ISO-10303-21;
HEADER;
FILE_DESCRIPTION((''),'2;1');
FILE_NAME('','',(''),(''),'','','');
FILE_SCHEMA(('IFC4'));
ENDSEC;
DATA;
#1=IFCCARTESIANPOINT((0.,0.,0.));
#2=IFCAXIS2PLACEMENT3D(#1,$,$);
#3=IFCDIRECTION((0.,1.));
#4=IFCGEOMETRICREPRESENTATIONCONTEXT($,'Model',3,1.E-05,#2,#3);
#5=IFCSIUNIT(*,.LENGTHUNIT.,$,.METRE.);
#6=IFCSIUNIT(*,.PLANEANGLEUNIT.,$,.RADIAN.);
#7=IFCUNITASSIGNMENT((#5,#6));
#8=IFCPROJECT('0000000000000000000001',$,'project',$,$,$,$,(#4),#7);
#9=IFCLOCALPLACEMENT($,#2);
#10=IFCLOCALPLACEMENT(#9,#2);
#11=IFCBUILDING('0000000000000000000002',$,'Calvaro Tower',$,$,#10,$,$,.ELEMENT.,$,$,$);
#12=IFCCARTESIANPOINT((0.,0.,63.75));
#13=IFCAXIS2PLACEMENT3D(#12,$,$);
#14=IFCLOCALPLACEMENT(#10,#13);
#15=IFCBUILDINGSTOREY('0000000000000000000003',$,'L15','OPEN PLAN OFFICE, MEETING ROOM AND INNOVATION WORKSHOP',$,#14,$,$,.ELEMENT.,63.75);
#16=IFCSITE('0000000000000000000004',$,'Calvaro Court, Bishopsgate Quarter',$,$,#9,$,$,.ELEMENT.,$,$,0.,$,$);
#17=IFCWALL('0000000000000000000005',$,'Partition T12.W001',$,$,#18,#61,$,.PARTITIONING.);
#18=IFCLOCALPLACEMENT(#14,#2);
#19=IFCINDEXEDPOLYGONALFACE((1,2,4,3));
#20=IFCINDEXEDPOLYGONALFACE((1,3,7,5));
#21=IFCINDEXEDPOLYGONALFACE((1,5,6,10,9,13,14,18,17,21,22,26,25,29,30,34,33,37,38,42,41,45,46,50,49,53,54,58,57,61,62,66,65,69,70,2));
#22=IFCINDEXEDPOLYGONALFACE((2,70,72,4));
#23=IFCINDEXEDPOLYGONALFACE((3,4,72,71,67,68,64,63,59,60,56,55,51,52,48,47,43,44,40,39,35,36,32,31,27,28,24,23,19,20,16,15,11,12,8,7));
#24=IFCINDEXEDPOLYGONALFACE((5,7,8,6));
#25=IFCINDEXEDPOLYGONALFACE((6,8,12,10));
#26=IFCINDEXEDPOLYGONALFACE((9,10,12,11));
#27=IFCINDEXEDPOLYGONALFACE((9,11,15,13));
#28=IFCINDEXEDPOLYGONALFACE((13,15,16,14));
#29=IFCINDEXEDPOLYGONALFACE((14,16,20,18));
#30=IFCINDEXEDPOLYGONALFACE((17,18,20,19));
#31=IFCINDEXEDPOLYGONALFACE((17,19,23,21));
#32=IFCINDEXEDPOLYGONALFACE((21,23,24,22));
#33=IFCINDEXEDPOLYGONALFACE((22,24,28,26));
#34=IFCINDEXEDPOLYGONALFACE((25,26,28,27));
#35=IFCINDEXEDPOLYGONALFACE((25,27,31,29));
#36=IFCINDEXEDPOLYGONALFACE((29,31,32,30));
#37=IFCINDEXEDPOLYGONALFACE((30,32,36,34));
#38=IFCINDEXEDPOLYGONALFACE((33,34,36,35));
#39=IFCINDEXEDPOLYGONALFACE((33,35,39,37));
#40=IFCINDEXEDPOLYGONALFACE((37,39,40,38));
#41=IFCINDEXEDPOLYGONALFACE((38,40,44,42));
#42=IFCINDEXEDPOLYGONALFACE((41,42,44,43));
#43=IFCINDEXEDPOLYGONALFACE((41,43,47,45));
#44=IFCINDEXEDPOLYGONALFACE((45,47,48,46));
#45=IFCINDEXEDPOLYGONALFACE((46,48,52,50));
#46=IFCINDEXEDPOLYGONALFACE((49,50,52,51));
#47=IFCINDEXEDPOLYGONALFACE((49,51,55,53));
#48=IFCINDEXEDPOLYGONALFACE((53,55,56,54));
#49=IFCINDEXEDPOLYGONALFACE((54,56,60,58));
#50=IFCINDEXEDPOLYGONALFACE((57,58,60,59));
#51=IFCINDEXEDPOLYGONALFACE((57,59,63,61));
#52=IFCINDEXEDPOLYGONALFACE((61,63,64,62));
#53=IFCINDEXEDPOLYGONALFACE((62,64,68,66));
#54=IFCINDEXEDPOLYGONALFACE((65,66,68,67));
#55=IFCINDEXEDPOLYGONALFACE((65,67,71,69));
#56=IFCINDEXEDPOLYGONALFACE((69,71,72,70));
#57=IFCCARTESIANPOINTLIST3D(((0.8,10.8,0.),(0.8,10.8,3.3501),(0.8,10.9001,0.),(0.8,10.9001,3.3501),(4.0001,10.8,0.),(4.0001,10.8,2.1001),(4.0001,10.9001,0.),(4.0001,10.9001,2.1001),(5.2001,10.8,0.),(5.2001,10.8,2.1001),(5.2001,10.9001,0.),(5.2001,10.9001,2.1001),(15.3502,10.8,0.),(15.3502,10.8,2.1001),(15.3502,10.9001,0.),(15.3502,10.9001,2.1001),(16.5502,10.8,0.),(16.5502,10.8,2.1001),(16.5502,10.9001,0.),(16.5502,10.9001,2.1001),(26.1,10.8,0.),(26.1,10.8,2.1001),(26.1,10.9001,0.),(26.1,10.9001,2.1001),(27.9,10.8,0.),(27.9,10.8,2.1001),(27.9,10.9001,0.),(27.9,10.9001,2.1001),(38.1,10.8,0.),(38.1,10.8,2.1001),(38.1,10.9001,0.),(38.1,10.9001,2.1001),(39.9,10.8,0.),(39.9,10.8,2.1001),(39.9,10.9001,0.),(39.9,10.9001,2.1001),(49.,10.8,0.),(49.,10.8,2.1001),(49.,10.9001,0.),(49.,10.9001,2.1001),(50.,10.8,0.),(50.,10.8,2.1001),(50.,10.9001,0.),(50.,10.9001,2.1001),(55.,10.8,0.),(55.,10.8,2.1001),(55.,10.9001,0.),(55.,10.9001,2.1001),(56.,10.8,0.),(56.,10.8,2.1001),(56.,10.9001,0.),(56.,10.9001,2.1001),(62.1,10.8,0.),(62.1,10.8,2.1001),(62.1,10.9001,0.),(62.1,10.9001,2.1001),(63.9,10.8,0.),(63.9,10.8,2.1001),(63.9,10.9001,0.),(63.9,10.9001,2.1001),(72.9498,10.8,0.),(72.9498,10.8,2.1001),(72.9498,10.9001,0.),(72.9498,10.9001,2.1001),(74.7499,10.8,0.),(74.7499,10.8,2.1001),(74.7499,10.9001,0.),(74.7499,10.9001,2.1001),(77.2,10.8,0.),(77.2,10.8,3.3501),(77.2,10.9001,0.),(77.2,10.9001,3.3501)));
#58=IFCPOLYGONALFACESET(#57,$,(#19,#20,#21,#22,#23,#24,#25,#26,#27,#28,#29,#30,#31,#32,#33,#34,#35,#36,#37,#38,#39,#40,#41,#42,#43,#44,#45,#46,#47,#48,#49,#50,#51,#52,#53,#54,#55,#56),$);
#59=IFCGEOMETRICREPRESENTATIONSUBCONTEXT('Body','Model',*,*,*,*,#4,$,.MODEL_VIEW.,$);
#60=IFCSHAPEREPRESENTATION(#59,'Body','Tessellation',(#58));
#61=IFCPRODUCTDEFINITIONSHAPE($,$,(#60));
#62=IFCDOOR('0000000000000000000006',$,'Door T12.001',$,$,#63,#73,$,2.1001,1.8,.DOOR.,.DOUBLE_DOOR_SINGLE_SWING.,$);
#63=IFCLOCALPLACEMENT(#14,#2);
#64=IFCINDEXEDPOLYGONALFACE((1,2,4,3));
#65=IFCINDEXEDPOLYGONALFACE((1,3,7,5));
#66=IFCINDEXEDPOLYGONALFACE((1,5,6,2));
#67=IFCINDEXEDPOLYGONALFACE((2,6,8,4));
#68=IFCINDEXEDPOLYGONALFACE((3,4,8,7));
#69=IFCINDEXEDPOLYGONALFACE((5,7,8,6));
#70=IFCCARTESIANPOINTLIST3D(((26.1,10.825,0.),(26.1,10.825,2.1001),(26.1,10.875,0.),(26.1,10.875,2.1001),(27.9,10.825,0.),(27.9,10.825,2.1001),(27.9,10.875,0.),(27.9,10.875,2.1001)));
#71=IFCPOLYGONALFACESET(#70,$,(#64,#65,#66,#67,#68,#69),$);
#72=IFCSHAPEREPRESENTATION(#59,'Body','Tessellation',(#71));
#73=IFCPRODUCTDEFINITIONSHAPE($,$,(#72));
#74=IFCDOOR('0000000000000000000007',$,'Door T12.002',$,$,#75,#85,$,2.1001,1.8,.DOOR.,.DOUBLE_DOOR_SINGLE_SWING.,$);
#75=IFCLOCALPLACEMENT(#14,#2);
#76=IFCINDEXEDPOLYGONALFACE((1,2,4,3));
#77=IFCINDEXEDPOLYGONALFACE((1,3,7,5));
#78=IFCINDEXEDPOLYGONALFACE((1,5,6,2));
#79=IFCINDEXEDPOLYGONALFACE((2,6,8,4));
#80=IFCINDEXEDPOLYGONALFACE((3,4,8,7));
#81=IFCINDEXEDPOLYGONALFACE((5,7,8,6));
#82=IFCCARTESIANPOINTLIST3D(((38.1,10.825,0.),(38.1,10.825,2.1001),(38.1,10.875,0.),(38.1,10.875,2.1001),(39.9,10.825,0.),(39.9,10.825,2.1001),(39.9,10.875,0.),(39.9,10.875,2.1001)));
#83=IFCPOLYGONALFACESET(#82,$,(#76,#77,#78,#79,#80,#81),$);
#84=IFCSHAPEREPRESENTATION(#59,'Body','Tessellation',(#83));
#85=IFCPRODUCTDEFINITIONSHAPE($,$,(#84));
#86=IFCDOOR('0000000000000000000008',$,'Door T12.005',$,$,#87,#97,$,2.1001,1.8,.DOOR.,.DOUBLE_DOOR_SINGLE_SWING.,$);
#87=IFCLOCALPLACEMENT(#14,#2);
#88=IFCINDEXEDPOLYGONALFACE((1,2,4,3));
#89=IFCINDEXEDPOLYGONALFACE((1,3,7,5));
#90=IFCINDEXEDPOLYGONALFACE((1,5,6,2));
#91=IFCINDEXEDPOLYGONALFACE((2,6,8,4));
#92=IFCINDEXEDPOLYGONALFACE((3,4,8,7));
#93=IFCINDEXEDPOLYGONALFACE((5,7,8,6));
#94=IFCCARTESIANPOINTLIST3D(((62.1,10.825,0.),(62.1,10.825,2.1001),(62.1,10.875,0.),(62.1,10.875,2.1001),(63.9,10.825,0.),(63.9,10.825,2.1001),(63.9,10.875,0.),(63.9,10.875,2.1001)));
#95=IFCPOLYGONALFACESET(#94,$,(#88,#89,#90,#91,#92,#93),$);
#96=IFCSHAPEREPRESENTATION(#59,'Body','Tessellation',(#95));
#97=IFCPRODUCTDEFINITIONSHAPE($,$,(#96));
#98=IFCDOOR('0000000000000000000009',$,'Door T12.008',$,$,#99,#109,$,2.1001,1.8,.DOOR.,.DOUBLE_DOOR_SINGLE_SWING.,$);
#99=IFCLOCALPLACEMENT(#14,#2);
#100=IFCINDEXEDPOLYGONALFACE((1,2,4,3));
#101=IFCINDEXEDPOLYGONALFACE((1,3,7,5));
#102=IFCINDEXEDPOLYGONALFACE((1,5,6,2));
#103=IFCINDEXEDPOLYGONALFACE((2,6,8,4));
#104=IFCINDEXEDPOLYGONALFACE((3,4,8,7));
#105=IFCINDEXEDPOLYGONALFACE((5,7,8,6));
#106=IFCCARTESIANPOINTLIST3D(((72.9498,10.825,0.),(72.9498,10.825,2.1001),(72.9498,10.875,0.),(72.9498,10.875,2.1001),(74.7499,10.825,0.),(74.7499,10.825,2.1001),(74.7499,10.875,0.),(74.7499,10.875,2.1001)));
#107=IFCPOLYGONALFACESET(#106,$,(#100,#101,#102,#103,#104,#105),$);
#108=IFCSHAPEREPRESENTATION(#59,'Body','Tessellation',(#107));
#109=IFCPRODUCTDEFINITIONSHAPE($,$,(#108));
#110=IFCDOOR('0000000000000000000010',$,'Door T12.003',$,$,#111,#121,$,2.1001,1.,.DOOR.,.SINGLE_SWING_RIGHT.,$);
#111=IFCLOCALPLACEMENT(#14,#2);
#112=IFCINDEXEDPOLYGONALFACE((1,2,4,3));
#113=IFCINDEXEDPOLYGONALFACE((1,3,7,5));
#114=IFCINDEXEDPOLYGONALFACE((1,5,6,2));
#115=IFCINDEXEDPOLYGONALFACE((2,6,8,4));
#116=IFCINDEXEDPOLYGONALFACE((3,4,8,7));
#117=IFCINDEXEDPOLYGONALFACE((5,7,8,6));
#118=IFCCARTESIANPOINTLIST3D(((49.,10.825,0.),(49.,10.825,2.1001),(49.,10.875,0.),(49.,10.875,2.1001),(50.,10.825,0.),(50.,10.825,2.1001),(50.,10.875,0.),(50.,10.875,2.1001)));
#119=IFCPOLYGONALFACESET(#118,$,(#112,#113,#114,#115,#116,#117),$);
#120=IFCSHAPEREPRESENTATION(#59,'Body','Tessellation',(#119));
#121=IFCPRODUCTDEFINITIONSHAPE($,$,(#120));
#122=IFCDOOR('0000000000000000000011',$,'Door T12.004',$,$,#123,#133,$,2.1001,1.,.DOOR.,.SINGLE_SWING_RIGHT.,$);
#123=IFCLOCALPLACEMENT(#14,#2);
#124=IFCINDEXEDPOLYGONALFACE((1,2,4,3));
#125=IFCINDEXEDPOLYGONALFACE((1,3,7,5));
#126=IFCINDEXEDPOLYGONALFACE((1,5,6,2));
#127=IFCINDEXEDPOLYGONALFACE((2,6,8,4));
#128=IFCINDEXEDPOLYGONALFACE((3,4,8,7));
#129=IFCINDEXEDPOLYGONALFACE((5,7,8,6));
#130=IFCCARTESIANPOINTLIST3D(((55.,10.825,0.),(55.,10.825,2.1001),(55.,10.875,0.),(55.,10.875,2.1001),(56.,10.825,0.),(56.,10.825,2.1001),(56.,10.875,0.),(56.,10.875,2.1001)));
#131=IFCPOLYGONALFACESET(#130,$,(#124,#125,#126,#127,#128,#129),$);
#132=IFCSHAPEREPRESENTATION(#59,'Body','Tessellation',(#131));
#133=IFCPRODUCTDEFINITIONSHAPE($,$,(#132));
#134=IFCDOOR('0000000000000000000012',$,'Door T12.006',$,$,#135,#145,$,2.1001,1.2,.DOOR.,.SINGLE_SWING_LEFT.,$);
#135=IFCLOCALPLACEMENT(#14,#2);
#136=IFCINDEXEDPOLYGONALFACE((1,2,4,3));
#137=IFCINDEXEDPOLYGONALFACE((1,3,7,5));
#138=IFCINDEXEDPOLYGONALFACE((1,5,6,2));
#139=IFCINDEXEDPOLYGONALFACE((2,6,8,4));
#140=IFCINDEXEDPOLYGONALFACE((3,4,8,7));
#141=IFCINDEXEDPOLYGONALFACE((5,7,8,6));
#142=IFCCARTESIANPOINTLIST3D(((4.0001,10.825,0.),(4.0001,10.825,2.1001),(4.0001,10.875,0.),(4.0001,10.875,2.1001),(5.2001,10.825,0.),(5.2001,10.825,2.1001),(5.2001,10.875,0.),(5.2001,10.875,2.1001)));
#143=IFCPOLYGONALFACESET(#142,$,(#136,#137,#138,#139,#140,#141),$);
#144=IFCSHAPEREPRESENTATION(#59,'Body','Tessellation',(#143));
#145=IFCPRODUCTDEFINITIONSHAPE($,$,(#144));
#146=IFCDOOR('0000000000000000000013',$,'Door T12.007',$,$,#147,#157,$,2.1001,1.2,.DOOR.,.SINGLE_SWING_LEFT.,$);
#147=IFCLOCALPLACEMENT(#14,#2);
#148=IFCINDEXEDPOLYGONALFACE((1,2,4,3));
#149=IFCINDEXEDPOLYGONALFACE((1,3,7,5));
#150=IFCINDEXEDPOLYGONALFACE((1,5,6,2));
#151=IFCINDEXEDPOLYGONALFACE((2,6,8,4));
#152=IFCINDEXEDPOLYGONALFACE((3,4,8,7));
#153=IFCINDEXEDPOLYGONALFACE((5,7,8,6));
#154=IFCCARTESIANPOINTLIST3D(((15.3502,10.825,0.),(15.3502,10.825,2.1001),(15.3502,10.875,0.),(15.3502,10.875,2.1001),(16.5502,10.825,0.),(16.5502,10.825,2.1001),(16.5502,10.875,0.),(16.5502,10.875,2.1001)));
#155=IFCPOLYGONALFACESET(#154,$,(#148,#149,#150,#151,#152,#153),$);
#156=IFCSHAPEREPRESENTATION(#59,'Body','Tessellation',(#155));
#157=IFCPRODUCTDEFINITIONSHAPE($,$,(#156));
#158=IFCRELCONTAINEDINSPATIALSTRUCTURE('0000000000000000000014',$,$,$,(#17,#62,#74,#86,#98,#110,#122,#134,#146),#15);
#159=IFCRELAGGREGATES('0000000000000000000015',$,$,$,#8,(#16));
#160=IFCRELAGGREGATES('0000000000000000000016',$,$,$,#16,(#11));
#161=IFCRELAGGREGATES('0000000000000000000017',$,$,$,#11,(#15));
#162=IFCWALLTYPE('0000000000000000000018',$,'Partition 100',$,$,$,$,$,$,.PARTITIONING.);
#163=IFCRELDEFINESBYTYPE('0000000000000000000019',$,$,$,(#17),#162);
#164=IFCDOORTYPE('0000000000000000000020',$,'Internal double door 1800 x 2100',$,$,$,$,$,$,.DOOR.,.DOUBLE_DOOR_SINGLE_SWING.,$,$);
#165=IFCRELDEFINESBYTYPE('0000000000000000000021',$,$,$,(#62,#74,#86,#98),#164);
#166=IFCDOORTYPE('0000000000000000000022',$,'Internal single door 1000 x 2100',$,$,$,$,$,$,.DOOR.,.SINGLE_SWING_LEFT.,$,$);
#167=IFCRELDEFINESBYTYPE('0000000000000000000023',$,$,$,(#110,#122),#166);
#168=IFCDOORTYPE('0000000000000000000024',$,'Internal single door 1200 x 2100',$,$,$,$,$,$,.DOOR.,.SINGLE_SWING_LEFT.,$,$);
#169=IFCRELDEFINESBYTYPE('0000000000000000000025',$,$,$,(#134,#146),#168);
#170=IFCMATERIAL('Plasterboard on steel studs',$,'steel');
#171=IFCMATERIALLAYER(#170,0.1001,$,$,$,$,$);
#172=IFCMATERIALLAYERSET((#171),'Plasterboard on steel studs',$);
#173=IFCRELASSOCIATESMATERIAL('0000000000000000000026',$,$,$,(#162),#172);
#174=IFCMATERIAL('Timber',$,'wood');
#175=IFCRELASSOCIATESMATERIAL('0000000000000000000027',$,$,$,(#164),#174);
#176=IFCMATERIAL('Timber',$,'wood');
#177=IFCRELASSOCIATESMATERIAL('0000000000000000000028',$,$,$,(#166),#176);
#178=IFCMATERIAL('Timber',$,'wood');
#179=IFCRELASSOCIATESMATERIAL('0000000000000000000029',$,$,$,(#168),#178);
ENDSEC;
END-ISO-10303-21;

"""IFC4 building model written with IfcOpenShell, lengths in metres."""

from ifc_helpers import new_model, si_unit, direction, frame, frame_2d, origin, place, context, subcontext, project, spatial, rectangle, extrude, material, layer, layer_set, type_object, element, fill, save


model = new_model("IFC4")

# Units and contexts
model_context = context("Model", 3, precision=1e-05, world=origin(), true_north=direction((0.0, 1.0)))
body_context = subcontext(model_context, "Body", "Model", "MODEL_VIEW")
ifc_project = project(units=[si_unit("LENGTHUNIT", "METRE"), si_unit("PLANEANGLEUNIT", "RADIAN")], contexts=[model_context])

# Site, building, storey
site_placement = place(None, origin())
site = spatial("IfcSite", under=ifc_project, at=site_placement, Name="Calvaro Court, Bishopsgate Quarter", CompositionType="ELEMENT", RefElevation=0.0)
building_placement = place(site_placement, origin())
building = spatial("IfcBuilding", under=site, at=building_placement, Name="Calvaro Tower", CompositionType="ELEMENT")
storey_placement = place(building_placement, frame((0.0, 0.0, 63.75)))
storey = spatial("IfcBuildingStorey", under=building, at=storey_placement, Name="L15", Description="OPEN PLAN OFFICE, MEETING ROOM AND INNOVATION WORKSHOP", CompositionType="ELEMENT", Elevation=63.75)

# Wall, openings, doors
ifc_material_1 = material(Name="Plasterboard on steel studs", Category="steel")
ifc_layer = layer(ifc_material_1, 0.1001)
ifc_layer_set = layer_set([ifc_layer], Name="Plasterboard on steel studs")
wall_type = type_object("IfcWallType", Name="Partition 100", PredefinedType="PARTITIONING", material=ifc_layer_set)
wall_1_placement = place(storey_placement, frame((0.8, 10.8501, 0.0), z_axis=(0.0, 0.0, 1.0), x_axis=(1.0, 0.0, 0.0)))
wall_1 = element("IfcWall", 1, at=wall_1_placement, inside=storey, type_object=wall_type, Name="Partition T12.W001", PredefinedType="PARTITIONING", context=body_context, shape_type="SweptSolid", body=[
    extrude(rectangle(XDim=76.3999, YDim=0.1001, at=frame_2d((38.2, 0.0))), origin(), (0.0, 0.0, 1.0), 3.3501),
])
opening_1_placement = place(wall_1_placement, frame((25.3, 0.0, 0.0)))
opening_1 = element("IfcOpeningElement", 2, at=opening_1_placement, cuts=wall_1, PredefinedType="OPENING", context=body_context, shape_type="SweptSolid", body=[
    extrude(rectangle(XDim=1.8, YDim=2.1001, at=frame_2d((0.8999, 1.05))), frame((0.0, 0.0601, 0.0), z_axis=(0.0, -1.0, 0.0), x_axis=(1.0, 0.0, 0.0)), (0.0, 0.0, 1.0), 0.1201),
])
opening_2_placement = place(wall_1_placement, frame((37.3, 0.0, 0.0)))
opening_2 = element("IfcOpeningElement", 3, at=opening_2_placement, cuts=wall_1, PredefinedType="OPENING", context=body_context, shape_type="SweptSolid", body=[
    extrude(rectangle(XDim=1.8, YDim=2.1001, at=frame_2d((0.8999, 1.05))), frame((0.0, 0.0601, 0.0), z_axis=(0.0, -1.0, 0.0), x_axis=(1.0, 0.0, 0.0)), (0.0, 0.0, 1.0), 0.1201),
])
opening_3_placement = place(wall_1_placement, frame((48.2, 0.0, 0.0)))
opening_3 = element("IfcOpeningElement", 4, at=opening_3_placement, cuts=wall_1, PredefinedType="OPENING", context=body_context, shape_type="SweptSolid", body=[
    extrude(rectangle(XDim=1.0, YDim=2.1001, at=frame_2d((0.5, 1.05))), frame((0.0, 0.0601, 0.0), z_axis=(0.0, -1.0, 0.0), x_axis=(1.0, 0.0, 0.0)), (0.0, 0.0, 1.0), 0.1201),
])
opening_4_placement = place(wall_1_placement, frame((54.2, 0.0, 0.0)))
opening_4 = element("IfcOpeningElement", 5, at=opening_4_placement, cuts=wall_1, PredefinedType="OPENING", context=body_context, shape_type="SweptSolid", body=[
    extrude(rectangle(XDim=1.0, YDim=2.1001, at=frame_2d((0.5, 1.05))), frame((0.0, 0.0601, 0.0), z_axis=(0.0, -1.0, 0.0), x_axis=(1.0, 0.0, 0.0)), (0.0, 0.0, 1.0), 0.1201),
])
opening_5_placement = place(wall_1_placement, frame((61.3, 0.0, 0.0)))
opening_5 = element("IfcOpeningElement", 6, at=opening_5_placement, cuts=wall_1, PredefinedType="OPENING", context=body_context, shape_type="SweptSolid", body=[
    extrude(rectangle(XDim=1.8, YDim=2.1001, at=frame_2d((0.8999, 1.05))), frame((0.0, 0.0601, 0.0), z_axis=(0.0, -1.0, 0.0), x_axis=(1.0, 0.0, 0.0)), (0.0, 0.0, 1.0), 0.1201),
])
opening_6_placement = place(wall_1_placement, frame((3.2, 0.0, 0.0)))
opening_6 = element("IfcOpeningElement", 7, at=opening_6_placement, cuts=wall_1, PredefinedType="OPENING", context=body_context, shape_type="SweptSolid", body=[
    extrude(rectangle(XDim=1.2, YDim=2.1001, at=frame_2d((0.6001, 1.05))), frame((0.0, 0.0601, 0.0), z_axis=(0.0, -1.0, 0.0), x_axis=(1.0, 0.0, 0.0)), (0.0, 0.0, 1.0), 0.1201),
])
opening_7_placement = place(wall_1_placement, frame((14.55, 0.0, 0.0)))
opening_7 = element("IfcOpeningElement", 8, at=opening_7_placement, cuts=wall_1, PredefinedType="OPENING", context=body_context, shape_type="SweptSolid", body=[
    extrude(rectangle(XDim=1.2, YDim=2.1001, at=frame_2d((0.6001, 1.05))), frame((0.0, 0.0601, 0.0), z_axis=(0.0, -1.0, 0.0), x_axis=(1.0, 0.0, 0.0)), (0.0, 0.0, 1.0), 0.1201),
])
opening_8_placement = place(wall_1_placement, frame((72.1499, 0.0, 0.0)))
opening_8 = element("IfcOpeningElement", 9, at=opening_8_placement, cuts=wall_1, PredefinedType="OPENING", context=body_context, shape_type="SweptSolid", body=[
    extrude(rectangle(XDim=1.8, YDim=2.1001, at=frame_2d((0.8999, 1.05))), frame((0.0, 0.0601, 0.0), z_axis=(0.0, -1.0, 0.0), x_axis=(1.0, 0.0, 0.0)), (0.0, 0.0, 1.0), 0.1201),
])
ifc_material_2 = material(Name="Timber", Category="wood")
door_type_1 = type_object("IfcDoorType", Name="Internal double door 1800 x 2100", OperationType="DOUBLE_DOOR_SINGLE_SWING", PredefinedType="DOOR", material=ifc_material_2)
door_1_placement = place(opening_1_placement, origin())
door_1 = element("IfcDoor", 10, at=door_1_placement, inside=storey, type_object=door_type_1, Name="Door T12.001", OperationType="DOUBLE_DOOR_SINGLE_SWING", OverallHeight=2.1001, OverallWidth=1.8, PredefinedType="DOOR", context=body_context, shape_type="SweptSolid", body=[
    extrude(rectangle(XDim=1.8, YDim=2.1001, at=frame_2d((0.8999, 1.05))), frame((0.0, 0.0249, 0.0), z_axis=(0.0, -1.0, 0.0), x_axis=(1.0, 0.0, 0.0)), (0.0, 0.0, 1.0), 0.05),
])
fill(opening_1, door_1)
door_2_placement = place(opening_2_placement, origin())
door_2 = element("IfcDoor", 11, at=door_2_placement, inside=storey, type_object=door_type_1, Name="Door T12.002", OperationType="DOUBLE_DOOR_SINGLE_SWING", OverallHeight=2.1001, OverallWidth=1.8, PredefinedType="DOOR", context=body_context, shape_type="SweptSolid", body=[
    extrude(rectangle(XDim=1.8, YDim=2.1001, at=frame_2d((0.8999, 1.05))), frame((0.0, 0.0249, 0.0), z_axis=(0.0, -1.0, 0.0), x_axis=(1.0, 0.0, 0.0)), (0.0, 0.0, 1.0), 0.05),
])
fill(opening_2, door_2)
door_3_placement = place(opening_5_placement, origin())
door_3 = element("IfcDoor", 12, at=door_3_placement, inside=storey, type_object=door_type_1, Name="Door T12.005", OperationType="DOUBLE_DOOR_SINGLE_SWING", OverallHeight=2.1001, OverallWidth=1.8, PredefinedType="DOOR", context=body_context, shape_type="SweptSolid", body=[
    extrude(rectangle(XDim=1.8, YDim=2.1001, at=frame_2d((0.8999, 1.05))), frame((0.0, 0.0249, 0.0), z_axis=(0.0, -1.0, 0.0), x_axis=(1.0, 0.0, 0.0)), (0.0, 0.0, 1.0), 0.05),
])
fill(opening_5, door_3)
door_4_placement = place(opening_8_placement, origin())
door_4 = element("IfcDoor", 13, at=door_4_placement, inside=storey, type_object=door_type_1, Name="Door T12.008", OperationType="DOUBLE_DOOR_SINGLE_SWING", OverallHeight=2.1001, OverallWidth=1.8, PredefinedType="DOOR", context=body_context, shape_type="SweptSolid", body=[
    extrude(rectangle(XDim=1.8, YDim=2.1001, at=frame_2d((0.8999, 1.05))), frame((0.0, 0.0249, 0.0), z_axis=(0.0, -1.0, 0.0), x_axis=(1.0, 0.0, 0.0)), (0.0, 0.0, 1.0), 0.05),
])
fill(opening_8, door_4)
ifc_material_3 = material(Name="Timber", Category="wood")
door_type_2 = type_object("IfcDoorType", Name="Internal single door 1000 x 2100", OperationType="SINGLE_SWING_LEFT", PredefinedType="DOOR", material=ifc_material_3)
door_5_placement = place(opening_3_placement, origin())
door_5 = element("IfcDoor", 14, at=door_5_placement, inside=storey, type_object=door_type_2, Name="Door T12.003", OperationType="SINGLE_SWING_RIGHT", OverallHeight=2.1001, OverallWidth=1.0, PredefinedType="DOOR", context=body_context, shape_type="SweptSolid", body=[
    extrude(rectangle(XDim=1.0, YDim=2.1001, at=frame_2d((0.5, 1.05))), frame((0.0, 0.0249, 0.0), z_axis=(0.0, -1.0, 0.0), x_axis=(1.0, 0.0, 0.0)), (0.0, 0.0, 1.0), 0.05),
])
fill(opening_3, door_5)
door_6_placement = place(opening_4_placement, origin())
door_6 = element("IfcDoor", 15, at=door_6_placement, inside=storey, type_object=door_type_2, Name="Door T12.004", OperationType="SINGLE_SWING_RIGHT", OverallHeight=2.1001, OverallWidth=1.0, PredefinedType="DOOR", context=body_context, shape_type="SweptSolid", body=[
    extrude(rectangle(XDim=1.0, YDim=2.1001, at=frame_2d((0.5, 1.05))), frame((0.0, 0.0249, 0.0), z_axis=(0.0, -1.0, 0.0), x_axis=(1.0, 0.0, 0.0)), (0.0, 0.0, 1.0), 0.05),
])
fill(opening_4, door_6)
ifc_material_4 = material(Name="Timber", Category="wood")
door_type_3 = type_object("IfcDoorType", Name="Internal single door 1200 x 2100", OperationType="SINGLE_SWING_LEFT", PredefinedType="DOOR", material=ifc_material_4)
door_7_placement = place(opening_6_placement, origin())
door_7 = element("IfcDoor", 16, at=door_7_placement, inside=storey, type_object=door_type_3, Name="Door T12.006", OperationType="SINGLE_SWING_LEFT", OverallHeight=2.1001, OverallWidth=1.2, PredefinedType="DOOR", context=body_context, shape_type="SweptSolid", body=[
    extrude(rectangle(XDim=1.2, YDim=2.1001, at=frame_2d((0.6001, 1.05))), frame((0.0, 0.0249, 0.0), z_axis=(0.0, -1.0, 0.0), x_axis=(1.0, 0.0, 0.0)), (0.0, 0.0, 1.0), 0.05),
])
fill(opening_6, door_7)
door_8_placement = place(opening_7_placement, origin())
door_8 = element("IfcDoor", 17, at=door_8_placement, inside=storey, type_object=door_type_3, Name="Door T12.007", OperationType="SINGLE_SWING_LEFT", OverallHeight=2.1001, OverallWidth=1.2, PredefinedType="DOOR", context=body_context, shape_type="SweptSolid", body=[
    extrude(rectangle(XDim=1.2, YDim=2.1001, at=frame_2d((0.6001, 1.05))), frame((0.0, 0.0249, 0.0), z_axis=(0.0, -1.0, 0.0), x_axis=(1.0, 0.0, 0.0)), (0.0, 0.0, 1.0), 0.05),
])
fill(opening_7, door_8)

save(model, "model.ifc")
